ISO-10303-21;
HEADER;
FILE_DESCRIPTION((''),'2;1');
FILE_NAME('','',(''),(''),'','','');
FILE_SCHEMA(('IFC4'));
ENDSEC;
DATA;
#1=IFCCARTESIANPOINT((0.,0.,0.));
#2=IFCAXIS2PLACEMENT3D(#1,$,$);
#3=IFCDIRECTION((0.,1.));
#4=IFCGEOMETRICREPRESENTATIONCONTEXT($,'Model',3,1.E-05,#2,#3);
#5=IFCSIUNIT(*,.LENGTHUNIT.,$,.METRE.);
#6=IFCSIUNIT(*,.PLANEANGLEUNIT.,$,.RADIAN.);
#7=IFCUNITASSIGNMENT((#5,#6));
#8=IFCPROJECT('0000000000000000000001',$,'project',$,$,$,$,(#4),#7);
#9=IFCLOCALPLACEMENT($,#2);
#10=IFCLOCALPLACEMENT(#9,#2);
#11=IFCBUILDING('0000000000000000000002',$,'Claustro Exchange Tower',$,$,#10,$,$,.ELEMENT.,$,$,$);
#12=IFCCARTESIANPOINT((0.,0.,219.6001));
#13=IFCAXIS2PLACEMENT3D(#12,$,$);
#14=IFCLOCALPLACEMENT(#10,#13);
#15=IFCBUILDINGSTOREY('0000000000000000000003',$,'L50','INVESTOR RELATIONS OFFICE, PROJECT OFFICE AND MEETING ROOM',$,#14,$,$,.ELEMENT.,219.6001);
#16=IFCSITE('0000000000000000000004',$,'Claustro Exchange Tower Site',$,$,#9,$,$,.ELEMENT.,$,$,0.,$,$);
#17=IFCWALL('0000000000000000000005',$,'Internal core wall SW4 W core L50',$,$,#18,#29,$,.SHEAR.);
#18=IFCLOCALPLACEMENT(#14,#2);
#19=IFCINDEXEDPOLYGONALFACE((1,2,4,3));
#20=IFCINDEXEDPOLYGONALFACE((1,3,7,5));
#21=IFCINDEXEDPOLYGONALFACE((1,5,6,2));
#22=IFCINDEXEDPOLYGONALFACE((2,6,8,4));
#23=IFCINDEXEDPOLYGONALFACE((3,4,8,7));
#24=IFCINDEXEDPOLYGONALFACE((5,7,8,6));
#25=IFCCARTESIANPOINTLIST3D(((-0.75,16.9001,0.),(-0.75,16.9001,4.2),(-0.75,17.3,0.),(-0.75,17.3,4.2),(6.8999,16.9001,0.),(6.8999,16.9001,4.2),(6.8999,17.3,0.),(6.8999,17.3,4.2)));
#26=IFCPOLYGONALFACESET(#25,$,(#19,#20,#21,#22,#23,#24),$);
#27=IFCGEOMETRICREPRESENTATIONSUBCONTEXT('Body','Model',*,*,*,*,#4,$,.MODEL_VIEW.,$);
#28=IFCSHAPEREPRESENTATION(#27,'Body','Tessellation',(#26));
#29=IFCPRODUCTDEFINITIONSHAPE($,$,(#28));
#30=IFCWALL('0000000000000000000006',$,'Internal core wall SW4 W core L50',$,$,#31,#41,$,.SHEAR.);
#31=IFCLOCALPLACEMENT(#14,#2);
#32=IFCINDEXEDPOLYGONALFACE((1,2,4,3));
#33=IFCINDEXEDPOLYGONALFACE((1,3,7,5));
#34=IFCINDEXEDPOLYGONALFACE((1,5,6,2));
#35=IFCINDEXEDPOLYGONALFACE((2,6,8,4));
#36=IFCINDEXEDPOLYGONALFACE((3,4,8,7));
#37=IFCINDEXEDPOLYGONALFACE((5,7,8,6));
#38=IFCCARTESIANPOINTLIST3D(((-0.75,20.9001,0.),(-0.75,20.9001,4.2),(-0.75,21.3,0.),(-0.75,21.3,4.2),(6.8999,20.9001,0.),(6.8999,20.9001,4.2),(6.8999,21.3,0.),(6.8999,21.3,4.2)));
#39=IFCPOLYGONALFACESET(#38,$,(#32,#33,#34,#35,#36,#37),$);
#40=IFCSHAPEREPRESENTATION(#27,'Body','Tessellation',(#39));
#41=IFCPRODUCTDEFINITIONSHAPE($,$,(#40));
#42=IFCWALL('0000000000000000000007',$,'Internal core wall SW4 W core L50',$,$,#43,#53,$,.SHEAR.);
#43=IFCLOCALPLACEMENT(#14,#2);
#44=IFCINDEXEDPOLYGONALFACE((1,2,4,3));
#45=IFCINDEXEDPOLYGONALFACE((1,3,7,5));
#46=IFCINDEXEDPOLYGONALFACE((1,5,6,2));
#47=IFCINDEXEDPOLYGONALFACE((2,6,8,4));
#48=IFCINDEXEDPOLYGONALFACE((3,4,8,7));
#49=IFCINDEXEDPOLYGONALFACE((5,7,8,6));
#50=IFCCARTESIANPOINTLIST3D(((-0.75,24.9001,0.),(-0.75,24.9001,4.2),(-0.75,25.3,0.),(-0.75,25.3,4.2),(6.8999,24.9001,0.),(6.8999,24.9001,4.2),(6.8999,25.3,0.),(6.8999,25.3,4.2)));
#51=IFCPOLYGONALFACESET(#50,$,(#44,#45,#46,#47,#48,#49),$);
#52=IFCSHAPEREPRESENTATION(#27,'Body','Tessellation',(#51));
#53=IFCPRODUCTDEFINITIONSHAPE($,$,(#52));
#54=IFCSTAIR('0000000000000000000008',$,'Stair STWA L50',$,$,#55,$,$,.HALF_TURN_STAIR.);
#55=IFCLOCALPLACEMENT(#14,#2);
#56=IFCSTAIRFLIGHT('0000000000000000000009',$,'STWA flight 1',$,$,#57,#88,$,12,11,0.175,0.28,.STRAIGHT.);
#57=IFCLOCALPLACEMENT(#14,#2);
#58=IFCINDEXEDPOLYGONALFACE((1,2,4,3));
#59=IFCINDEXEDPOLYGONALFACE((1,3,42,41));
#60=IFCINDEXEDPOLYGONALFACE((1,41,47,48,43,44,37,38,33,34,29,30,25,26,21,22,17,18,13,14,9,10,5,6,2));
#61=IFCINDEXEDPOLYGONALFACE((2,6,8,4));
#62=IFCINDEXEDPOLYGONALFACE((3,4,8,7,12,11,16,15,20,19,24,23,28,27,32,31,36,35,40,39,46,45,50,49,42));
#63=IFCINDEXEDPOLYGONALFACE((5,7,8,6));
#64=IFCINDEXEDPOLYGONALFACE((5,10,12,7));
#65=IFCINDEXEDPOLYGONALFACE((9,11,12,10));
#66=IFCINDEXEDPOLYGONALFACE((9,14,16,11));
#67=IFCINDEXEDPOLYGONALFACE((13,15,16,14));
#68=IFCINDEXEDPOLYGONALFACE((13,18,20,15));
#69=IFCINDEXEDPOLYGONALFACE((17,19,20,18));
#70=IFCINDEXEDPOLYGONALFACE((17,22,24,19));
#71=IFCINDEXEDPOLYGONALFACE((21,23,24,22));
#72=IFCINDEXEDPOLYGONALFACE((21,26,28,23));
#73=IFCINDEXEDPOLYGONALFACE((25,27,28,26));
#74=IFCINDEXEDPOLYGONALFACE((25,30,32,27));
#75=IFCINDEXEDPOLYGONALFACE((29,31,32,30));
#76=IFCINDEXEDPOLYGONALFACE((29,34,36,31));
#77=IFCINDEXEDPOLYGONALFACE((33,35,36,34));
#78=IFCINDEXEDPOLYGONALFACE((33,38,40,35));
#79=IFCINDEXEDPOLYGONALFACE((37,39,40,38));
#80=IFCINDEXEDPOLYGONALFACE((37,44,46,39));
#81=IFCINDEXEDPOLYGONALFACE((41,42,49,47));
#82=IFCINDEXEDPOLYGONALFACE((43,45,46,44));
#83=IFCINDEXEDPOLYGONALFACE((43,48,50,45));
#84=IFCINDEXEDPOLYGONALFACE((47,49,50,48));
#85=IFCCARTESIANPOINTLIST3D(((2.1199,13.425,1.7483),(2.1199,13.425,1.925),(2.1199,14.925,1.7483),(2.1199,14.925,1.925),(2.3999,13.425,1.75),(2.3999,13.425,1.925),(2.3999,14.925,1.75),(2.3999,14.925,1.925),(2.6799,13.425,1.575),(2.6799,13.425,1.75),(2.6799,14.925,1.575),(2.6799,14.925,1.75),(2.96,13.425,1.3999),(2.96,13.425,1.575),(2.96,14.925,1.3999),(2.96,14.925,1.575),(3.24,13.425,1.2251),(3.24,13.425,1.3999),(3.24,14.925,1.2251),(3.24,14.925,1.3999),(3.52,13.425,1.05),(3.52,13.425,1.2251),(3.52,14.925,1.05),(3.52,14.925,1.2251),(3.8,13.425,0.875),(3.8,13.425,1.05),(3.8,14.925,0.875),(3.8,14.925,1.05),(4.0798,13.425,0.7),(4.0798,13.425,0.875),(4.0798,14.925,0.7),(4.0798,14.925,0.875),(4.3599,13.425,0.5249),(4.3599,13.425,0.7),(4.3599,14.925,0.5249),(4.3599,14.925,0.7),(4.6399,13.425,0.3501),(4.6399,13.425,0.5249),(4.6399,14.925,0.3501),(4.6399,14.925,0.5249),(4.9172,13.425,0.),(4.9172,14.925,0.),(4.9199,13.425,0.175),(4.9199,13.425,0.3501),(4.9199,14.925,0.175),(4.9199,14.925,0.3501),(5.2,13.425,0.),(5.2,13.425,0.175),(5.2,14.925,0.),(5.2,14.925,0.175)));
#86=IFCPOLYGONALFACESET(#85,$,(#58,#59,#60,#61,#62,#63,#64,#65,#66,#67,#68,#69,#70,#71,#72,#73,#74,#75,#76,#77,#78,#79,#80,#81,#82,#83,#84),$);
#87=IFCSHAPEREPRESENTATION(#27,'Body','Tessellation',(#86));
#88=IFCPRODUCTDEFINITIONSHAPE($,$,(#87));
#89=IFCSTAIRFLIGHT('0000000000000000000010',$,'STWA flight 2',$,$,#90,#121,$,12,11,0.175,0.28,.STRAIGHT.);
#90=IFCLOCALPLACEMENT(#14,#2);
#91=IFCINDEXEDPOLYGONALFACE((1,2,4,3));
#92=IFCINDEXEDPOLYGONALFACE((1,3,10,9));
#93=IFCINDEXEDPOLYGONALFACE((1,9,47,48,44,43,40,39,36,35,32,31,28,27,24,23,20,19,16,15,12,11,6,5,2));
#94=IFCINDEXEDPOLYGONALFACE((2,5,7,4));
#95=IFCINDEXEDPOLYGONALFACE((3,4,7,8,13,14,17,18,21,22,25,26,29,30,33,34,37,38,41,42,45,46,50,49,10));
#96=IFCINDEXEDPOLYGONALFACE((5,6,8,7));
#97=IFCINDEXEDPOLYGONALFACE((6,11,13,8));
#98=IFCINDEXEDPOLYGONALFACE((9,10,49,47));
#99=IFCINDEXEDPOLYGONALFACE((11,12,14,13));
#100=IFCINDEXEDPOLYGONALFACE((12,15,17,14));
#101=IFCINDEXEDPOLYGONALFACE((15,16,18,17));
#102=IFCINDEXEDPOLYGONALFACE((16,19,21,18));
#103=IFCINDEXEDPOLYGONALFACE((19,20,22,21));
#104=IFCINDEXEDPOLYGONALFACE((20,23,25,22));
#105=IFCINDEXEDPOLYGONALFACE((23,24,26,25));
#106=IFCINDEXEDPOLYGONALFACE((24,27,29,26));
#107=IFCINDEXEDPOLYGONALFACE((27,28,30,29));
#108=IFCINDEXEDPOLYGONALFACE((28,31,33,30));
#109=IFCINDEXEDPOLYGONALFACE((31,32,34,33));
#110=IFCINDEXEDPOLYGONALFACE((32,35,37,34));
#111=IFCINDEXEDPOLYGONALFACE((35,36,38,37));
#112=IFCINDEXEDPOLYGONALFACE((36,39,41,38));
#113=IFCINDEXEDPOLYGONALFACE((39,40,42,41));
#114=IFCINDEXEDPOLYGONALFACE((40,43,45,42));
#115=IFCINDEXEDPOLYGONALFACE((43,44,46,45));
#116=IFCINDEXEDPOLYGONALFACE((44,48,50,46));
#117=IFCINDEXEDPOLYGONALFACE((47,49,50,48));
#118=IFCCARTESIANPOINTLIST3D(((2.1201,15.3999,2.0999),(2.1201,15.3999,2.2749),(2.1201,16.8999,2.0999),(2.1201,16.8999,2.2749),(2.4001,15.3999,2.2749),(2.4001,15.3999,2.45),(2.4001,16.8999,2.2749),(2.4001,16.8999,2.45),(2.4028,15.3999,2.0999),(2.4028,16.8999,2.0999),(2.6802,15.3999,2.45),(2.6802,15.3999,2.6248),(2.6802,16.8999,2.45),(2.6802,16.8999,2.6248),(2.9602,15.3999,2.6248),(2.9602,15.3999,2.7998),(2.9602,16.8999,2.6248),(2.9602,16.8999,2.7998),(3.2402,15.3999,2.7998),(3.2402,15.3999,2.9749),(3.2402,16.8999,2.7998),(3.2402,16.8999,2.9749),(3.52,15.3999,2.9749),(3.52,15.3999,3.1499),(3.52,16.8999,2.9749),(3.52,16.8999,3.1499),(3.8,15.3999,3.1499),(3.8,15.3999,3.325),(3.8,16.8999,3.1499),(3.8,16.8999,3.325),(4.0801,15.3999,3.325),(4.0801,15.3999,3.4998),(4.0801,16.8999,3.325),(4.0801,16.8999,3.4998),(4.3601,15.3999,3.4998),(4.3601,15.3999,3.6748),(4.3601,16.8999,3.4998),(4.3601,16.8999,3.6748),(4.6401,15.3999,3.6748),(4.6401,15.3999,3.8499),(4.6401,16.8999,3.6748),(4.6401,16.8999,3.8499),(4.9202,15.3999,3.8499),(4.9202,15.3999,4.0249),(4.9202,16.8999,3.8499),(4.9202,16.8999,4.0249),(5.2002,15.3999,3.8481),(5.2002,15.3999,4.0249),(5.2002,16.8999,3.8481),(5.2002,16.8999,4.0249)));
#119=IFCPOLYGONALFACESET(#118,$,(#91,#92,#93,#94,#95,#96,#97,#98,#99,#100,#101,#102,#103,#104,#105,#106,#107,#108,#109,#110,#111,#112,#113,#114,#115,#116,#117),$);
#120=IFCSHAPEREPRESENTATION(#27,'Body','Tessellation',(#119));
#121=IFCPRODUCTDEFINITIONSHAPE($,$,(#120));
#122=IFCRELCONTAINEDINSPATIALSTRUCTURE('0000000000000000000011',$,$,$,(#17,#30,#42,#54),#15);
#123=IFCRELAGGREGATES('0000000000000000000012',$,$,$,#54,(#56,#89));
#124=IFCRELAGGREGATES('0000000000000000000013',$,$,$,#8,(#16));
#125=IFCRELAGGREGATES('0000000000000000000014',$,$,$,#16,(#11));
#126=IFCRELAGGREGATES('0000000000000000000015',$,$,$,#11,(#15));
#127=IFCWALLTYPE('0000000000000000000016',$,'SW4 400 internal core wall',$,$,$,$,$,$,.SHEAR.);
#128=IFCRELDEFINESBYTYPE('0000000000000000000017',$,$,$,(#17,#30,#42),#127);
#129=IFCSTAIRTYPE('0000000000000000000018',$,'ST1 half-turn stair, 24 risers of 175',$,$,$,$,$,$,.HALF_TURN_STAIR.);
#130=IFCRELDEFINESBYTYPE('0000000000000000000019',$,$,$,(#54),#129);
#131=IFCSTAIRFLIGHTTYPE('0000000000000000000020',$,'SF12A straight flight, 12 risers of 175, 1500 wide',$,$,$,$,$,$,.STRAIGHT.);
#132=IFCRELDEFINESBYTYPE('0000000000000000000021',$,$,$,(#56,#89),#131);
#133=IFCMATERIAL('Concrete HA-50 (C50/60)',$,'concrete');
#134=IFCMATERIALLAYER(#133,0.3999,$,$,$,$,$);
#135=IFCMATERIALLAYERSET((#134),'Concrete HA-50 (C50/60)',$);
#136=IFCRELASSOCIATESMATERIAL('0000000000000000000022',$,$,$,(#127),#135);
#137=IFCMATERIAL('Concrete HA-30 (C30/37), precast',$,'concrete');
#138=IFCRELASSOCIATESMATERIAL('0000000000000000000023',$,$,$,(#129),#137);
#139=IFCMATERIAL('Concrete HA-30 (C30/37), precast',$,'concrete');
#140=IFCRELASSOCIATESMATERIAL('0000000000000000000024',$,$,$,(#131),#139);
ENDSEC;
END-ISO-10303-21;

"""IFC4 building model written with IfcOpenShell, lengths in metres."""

from ifc_helpers import new_model, si_unit, direction, frame, frame_2d, origin, place, context, subcontext, project, spatial, polyline, rectangle, outline, extrude, material, layer, layer_set, type_object, element, aggregate, save


model = new_model("IFC4")

# Units and contexts
model_context = context("Model", 3, precision=1e-05, world=origin(), true_north=direction((0.0, 1.0)))
body_context = subcontext(model_context, "Body", "Model", "MODEL_VIEW")
ifc_project = project(units=[si_unit("LENGTHUNIT", "METRE"), si_unit("PLANEANGLEUNIT", "RADIAN")], contexts=[model_context])

# Site, building, storey
site_placement = place(None, origin())
site = spatial("IfcSite", under=ifc_project, at=site_placement, Name="Claustro Exchange Tower Site", CompositionType="ELEMENT", RefElevation=0.0)
building_placement = place(site_placement, origin())
building = spatial("IfcBuilding", under=site, at=building_placement, Name="Claustro Exchange Tower", CompositionType="ELEMENT")
storey_placement = place(building_placement, frame((0.0, 0.0, 219.6001)))
storey = spatial("IfcBuildingStorey", under=building, at=storey_placement, Name="L50", Description="INVESTOR RELATIONS OFFICE, PROJECT OFFICE AND MEETING ROOM", CompositionType="ELEMENT", Elevation=219.6001)

# Walls
ifc_material_1 = material(Name="Concrete HA-50 (C50/60)", Category="concrete")
ifc_layer_1 = layer(ifc_material_1, 0.3999)
ifc_layer_set_1 = layer_set([ifc_layer_1], Name="Concrete HA-50 (C50/60)")
wall_type_1 = type_object("IfcWallType", Name="SW4 400 internal core wall", PredefinedType="SHEAR", material=ifc_layer_set_1)
for number, where, z_axis, x_axis, name in (
    (1, (-0.75, 17.1001, 0.0), (0.0, 0.0, 1.0), (1.0, 0.0, 0.0), "Internal core wall SW4 W core L50"),
    (2, (-0.75, 21.1001, 0.0), (0.0, 0.0, 1.0), (1.0, 0.0, 0.0), "Internal core wall SW4 W core L50"),
    (3, (-0.75, 25.1001, 0.0), (0.0, 0.0, 1.0), (1.0, 0.0, 0.0), "Internal core wall SW4 W core L50"),
):
    element("IfcWall", number, at=place(storey_placement, frame(where, z_axis=z_axis, x_axis=x_axis)), inside=storey, type_object=wall_type_1, Name=name, PredefinedType="SHEAR", context=body_context, shape_type="SweptSolid", body=[
        extrude(rectangle(XDim=7.6499, YDim=0.3999, at=frame_2d((3.825, 0.0))), origin(), (0.0, 0.0, 1.0), 4.2),
    ])

# Stair, stair flights
ifc_material_2 = material(Name="Concrete HA-30 (C30/37), precast", Category="concrete")
stair_type = type_object("IfcStairType", Name="ST1 half-turn stair, 24 risers of 175", PredefinedType="HALF_TURN_STAIR", material=ifc_material_2)
stair_placement = place(storey_placement, origin())
stair = element("IfcStair", 4, at=stair_placement, inside=storey, type_object=stair_type, Name="Stair STWA L50", PredefinedType="HALF_TURN_STAIR")
ifc_material_3 = material(Name="Concrete HA-30 (C30/37), precast", Category="concrete")
stair_flight_type = type_object("IfcStairFlightType", Name="SF12A straight flight, 12 risers of 175, 1500 wide", PredefinedType="STRAIGHT", material=ifc_material_3)
stair_flight_1_placement = place(storey_placement, frame((5.2, 14.175, 0.0), z_axis=(0.0, 0.0, 1.0), x_axis=(-1.0, 0.0, 0.0)))
stair_flight_1 = element("IfcStairFlight", 5, at=stair_flight_1_placement, type_object=stair_flight_type, Name="STWA flight 1", NumberOfRisers=12, NumberOfTreads=11, PredefinedType="STRAIGHT", RiserHeight=0.175, TreadLength=0.28, context=body_context, shape_type="SweptSolid", body=[
    extrude(outline(polyline([(0.0, 0.0), (0.0, 0.175), (0.28, 0.175), (0.28, 0.3501), (0.5601, 0.3501), (0.5601, 0.5249), (0.8401, 0.5249), (0.8401, 0.7), (1.1201, 0.7), (1.1201, 0.875), (1.3999, 0.875), (1.3999, 1.05), (1.6799, 1.05), (1.6799, 1.2251), (1.96, 1.2251), (1.96, 1.3999), (2.24, 1.3999), (2.24, 1.575), (2.52, 1.575), (2.52, 1.75), (2.8, 1.75), (2.8, 1.925), (3.0801, 1.925), (3.0801, 2.1001), (3.0801, 1.7483), (0.2827, 0.0), (0.0, 0.0)])), frame((0.0, 0.75, 0.0), z_axis=(0.0, -1.0, 0.0), x_axis=(1.0, 0.0, 0.0)), (0.0, 0.0, 1.0), 1.5),
])
stair_flight_2_placement = place(storey_placement, frame((2.1201, 16.1499, 2.0999), z_axis=(0.0, 0.0, 1.0), x_axis=(1.0, 0.0, 0.0)))
stair_flight_2 = element("IfcStairFlight", 6, at=stair_flight_2_placement, type_object=stair_flight_type, Name="STWA flight 2", NumberOfRisers=12, NumberOfTreads=11, PredefinedType="STRAIGHT", RiserHeight=0.175, TreadLength=0.28, context=body_context, shape_type="SweptSolid", body=[
    extrude(outline(polyline([(0.0, 0.0), (0.0, 0.175), (0.28, 0.175), (0.28, 0.3501), (0.5601, 0.3501), (0.5601, 0.5249), (0.8401, 0.5249), (0.8401, 0.7), (1.1201, 0.7), (1.1201, 0.875), (1.3999, 0.875), (1.3999, 1.05), (1.6799, 1.05), (1.6799, 1.2251), (1.96, 1.2251), (1.96, 1.3999), (2.24, 1.3999), (2.24, 1.575), (2.52, 1.575), (2.52, 1.75), (2.8, 1.75), (2.8, 1.925), (3.0801, 1.925), (3.0801, 2.1001), (3.0801, 1.7483), (0.2827, 0.0), (0.0, 0.0)])), frame((0.0, 0.75, 0.0), z_axis=(0.0, -1.0, 0.0), x_axis=(1.0, 0.0, 0.0)), (0.0, 0.0, 1.0), 1.5),
])
aggregate(stair, [stair_flight_1, stair_flight_2])

save(model, "model.ifc")
